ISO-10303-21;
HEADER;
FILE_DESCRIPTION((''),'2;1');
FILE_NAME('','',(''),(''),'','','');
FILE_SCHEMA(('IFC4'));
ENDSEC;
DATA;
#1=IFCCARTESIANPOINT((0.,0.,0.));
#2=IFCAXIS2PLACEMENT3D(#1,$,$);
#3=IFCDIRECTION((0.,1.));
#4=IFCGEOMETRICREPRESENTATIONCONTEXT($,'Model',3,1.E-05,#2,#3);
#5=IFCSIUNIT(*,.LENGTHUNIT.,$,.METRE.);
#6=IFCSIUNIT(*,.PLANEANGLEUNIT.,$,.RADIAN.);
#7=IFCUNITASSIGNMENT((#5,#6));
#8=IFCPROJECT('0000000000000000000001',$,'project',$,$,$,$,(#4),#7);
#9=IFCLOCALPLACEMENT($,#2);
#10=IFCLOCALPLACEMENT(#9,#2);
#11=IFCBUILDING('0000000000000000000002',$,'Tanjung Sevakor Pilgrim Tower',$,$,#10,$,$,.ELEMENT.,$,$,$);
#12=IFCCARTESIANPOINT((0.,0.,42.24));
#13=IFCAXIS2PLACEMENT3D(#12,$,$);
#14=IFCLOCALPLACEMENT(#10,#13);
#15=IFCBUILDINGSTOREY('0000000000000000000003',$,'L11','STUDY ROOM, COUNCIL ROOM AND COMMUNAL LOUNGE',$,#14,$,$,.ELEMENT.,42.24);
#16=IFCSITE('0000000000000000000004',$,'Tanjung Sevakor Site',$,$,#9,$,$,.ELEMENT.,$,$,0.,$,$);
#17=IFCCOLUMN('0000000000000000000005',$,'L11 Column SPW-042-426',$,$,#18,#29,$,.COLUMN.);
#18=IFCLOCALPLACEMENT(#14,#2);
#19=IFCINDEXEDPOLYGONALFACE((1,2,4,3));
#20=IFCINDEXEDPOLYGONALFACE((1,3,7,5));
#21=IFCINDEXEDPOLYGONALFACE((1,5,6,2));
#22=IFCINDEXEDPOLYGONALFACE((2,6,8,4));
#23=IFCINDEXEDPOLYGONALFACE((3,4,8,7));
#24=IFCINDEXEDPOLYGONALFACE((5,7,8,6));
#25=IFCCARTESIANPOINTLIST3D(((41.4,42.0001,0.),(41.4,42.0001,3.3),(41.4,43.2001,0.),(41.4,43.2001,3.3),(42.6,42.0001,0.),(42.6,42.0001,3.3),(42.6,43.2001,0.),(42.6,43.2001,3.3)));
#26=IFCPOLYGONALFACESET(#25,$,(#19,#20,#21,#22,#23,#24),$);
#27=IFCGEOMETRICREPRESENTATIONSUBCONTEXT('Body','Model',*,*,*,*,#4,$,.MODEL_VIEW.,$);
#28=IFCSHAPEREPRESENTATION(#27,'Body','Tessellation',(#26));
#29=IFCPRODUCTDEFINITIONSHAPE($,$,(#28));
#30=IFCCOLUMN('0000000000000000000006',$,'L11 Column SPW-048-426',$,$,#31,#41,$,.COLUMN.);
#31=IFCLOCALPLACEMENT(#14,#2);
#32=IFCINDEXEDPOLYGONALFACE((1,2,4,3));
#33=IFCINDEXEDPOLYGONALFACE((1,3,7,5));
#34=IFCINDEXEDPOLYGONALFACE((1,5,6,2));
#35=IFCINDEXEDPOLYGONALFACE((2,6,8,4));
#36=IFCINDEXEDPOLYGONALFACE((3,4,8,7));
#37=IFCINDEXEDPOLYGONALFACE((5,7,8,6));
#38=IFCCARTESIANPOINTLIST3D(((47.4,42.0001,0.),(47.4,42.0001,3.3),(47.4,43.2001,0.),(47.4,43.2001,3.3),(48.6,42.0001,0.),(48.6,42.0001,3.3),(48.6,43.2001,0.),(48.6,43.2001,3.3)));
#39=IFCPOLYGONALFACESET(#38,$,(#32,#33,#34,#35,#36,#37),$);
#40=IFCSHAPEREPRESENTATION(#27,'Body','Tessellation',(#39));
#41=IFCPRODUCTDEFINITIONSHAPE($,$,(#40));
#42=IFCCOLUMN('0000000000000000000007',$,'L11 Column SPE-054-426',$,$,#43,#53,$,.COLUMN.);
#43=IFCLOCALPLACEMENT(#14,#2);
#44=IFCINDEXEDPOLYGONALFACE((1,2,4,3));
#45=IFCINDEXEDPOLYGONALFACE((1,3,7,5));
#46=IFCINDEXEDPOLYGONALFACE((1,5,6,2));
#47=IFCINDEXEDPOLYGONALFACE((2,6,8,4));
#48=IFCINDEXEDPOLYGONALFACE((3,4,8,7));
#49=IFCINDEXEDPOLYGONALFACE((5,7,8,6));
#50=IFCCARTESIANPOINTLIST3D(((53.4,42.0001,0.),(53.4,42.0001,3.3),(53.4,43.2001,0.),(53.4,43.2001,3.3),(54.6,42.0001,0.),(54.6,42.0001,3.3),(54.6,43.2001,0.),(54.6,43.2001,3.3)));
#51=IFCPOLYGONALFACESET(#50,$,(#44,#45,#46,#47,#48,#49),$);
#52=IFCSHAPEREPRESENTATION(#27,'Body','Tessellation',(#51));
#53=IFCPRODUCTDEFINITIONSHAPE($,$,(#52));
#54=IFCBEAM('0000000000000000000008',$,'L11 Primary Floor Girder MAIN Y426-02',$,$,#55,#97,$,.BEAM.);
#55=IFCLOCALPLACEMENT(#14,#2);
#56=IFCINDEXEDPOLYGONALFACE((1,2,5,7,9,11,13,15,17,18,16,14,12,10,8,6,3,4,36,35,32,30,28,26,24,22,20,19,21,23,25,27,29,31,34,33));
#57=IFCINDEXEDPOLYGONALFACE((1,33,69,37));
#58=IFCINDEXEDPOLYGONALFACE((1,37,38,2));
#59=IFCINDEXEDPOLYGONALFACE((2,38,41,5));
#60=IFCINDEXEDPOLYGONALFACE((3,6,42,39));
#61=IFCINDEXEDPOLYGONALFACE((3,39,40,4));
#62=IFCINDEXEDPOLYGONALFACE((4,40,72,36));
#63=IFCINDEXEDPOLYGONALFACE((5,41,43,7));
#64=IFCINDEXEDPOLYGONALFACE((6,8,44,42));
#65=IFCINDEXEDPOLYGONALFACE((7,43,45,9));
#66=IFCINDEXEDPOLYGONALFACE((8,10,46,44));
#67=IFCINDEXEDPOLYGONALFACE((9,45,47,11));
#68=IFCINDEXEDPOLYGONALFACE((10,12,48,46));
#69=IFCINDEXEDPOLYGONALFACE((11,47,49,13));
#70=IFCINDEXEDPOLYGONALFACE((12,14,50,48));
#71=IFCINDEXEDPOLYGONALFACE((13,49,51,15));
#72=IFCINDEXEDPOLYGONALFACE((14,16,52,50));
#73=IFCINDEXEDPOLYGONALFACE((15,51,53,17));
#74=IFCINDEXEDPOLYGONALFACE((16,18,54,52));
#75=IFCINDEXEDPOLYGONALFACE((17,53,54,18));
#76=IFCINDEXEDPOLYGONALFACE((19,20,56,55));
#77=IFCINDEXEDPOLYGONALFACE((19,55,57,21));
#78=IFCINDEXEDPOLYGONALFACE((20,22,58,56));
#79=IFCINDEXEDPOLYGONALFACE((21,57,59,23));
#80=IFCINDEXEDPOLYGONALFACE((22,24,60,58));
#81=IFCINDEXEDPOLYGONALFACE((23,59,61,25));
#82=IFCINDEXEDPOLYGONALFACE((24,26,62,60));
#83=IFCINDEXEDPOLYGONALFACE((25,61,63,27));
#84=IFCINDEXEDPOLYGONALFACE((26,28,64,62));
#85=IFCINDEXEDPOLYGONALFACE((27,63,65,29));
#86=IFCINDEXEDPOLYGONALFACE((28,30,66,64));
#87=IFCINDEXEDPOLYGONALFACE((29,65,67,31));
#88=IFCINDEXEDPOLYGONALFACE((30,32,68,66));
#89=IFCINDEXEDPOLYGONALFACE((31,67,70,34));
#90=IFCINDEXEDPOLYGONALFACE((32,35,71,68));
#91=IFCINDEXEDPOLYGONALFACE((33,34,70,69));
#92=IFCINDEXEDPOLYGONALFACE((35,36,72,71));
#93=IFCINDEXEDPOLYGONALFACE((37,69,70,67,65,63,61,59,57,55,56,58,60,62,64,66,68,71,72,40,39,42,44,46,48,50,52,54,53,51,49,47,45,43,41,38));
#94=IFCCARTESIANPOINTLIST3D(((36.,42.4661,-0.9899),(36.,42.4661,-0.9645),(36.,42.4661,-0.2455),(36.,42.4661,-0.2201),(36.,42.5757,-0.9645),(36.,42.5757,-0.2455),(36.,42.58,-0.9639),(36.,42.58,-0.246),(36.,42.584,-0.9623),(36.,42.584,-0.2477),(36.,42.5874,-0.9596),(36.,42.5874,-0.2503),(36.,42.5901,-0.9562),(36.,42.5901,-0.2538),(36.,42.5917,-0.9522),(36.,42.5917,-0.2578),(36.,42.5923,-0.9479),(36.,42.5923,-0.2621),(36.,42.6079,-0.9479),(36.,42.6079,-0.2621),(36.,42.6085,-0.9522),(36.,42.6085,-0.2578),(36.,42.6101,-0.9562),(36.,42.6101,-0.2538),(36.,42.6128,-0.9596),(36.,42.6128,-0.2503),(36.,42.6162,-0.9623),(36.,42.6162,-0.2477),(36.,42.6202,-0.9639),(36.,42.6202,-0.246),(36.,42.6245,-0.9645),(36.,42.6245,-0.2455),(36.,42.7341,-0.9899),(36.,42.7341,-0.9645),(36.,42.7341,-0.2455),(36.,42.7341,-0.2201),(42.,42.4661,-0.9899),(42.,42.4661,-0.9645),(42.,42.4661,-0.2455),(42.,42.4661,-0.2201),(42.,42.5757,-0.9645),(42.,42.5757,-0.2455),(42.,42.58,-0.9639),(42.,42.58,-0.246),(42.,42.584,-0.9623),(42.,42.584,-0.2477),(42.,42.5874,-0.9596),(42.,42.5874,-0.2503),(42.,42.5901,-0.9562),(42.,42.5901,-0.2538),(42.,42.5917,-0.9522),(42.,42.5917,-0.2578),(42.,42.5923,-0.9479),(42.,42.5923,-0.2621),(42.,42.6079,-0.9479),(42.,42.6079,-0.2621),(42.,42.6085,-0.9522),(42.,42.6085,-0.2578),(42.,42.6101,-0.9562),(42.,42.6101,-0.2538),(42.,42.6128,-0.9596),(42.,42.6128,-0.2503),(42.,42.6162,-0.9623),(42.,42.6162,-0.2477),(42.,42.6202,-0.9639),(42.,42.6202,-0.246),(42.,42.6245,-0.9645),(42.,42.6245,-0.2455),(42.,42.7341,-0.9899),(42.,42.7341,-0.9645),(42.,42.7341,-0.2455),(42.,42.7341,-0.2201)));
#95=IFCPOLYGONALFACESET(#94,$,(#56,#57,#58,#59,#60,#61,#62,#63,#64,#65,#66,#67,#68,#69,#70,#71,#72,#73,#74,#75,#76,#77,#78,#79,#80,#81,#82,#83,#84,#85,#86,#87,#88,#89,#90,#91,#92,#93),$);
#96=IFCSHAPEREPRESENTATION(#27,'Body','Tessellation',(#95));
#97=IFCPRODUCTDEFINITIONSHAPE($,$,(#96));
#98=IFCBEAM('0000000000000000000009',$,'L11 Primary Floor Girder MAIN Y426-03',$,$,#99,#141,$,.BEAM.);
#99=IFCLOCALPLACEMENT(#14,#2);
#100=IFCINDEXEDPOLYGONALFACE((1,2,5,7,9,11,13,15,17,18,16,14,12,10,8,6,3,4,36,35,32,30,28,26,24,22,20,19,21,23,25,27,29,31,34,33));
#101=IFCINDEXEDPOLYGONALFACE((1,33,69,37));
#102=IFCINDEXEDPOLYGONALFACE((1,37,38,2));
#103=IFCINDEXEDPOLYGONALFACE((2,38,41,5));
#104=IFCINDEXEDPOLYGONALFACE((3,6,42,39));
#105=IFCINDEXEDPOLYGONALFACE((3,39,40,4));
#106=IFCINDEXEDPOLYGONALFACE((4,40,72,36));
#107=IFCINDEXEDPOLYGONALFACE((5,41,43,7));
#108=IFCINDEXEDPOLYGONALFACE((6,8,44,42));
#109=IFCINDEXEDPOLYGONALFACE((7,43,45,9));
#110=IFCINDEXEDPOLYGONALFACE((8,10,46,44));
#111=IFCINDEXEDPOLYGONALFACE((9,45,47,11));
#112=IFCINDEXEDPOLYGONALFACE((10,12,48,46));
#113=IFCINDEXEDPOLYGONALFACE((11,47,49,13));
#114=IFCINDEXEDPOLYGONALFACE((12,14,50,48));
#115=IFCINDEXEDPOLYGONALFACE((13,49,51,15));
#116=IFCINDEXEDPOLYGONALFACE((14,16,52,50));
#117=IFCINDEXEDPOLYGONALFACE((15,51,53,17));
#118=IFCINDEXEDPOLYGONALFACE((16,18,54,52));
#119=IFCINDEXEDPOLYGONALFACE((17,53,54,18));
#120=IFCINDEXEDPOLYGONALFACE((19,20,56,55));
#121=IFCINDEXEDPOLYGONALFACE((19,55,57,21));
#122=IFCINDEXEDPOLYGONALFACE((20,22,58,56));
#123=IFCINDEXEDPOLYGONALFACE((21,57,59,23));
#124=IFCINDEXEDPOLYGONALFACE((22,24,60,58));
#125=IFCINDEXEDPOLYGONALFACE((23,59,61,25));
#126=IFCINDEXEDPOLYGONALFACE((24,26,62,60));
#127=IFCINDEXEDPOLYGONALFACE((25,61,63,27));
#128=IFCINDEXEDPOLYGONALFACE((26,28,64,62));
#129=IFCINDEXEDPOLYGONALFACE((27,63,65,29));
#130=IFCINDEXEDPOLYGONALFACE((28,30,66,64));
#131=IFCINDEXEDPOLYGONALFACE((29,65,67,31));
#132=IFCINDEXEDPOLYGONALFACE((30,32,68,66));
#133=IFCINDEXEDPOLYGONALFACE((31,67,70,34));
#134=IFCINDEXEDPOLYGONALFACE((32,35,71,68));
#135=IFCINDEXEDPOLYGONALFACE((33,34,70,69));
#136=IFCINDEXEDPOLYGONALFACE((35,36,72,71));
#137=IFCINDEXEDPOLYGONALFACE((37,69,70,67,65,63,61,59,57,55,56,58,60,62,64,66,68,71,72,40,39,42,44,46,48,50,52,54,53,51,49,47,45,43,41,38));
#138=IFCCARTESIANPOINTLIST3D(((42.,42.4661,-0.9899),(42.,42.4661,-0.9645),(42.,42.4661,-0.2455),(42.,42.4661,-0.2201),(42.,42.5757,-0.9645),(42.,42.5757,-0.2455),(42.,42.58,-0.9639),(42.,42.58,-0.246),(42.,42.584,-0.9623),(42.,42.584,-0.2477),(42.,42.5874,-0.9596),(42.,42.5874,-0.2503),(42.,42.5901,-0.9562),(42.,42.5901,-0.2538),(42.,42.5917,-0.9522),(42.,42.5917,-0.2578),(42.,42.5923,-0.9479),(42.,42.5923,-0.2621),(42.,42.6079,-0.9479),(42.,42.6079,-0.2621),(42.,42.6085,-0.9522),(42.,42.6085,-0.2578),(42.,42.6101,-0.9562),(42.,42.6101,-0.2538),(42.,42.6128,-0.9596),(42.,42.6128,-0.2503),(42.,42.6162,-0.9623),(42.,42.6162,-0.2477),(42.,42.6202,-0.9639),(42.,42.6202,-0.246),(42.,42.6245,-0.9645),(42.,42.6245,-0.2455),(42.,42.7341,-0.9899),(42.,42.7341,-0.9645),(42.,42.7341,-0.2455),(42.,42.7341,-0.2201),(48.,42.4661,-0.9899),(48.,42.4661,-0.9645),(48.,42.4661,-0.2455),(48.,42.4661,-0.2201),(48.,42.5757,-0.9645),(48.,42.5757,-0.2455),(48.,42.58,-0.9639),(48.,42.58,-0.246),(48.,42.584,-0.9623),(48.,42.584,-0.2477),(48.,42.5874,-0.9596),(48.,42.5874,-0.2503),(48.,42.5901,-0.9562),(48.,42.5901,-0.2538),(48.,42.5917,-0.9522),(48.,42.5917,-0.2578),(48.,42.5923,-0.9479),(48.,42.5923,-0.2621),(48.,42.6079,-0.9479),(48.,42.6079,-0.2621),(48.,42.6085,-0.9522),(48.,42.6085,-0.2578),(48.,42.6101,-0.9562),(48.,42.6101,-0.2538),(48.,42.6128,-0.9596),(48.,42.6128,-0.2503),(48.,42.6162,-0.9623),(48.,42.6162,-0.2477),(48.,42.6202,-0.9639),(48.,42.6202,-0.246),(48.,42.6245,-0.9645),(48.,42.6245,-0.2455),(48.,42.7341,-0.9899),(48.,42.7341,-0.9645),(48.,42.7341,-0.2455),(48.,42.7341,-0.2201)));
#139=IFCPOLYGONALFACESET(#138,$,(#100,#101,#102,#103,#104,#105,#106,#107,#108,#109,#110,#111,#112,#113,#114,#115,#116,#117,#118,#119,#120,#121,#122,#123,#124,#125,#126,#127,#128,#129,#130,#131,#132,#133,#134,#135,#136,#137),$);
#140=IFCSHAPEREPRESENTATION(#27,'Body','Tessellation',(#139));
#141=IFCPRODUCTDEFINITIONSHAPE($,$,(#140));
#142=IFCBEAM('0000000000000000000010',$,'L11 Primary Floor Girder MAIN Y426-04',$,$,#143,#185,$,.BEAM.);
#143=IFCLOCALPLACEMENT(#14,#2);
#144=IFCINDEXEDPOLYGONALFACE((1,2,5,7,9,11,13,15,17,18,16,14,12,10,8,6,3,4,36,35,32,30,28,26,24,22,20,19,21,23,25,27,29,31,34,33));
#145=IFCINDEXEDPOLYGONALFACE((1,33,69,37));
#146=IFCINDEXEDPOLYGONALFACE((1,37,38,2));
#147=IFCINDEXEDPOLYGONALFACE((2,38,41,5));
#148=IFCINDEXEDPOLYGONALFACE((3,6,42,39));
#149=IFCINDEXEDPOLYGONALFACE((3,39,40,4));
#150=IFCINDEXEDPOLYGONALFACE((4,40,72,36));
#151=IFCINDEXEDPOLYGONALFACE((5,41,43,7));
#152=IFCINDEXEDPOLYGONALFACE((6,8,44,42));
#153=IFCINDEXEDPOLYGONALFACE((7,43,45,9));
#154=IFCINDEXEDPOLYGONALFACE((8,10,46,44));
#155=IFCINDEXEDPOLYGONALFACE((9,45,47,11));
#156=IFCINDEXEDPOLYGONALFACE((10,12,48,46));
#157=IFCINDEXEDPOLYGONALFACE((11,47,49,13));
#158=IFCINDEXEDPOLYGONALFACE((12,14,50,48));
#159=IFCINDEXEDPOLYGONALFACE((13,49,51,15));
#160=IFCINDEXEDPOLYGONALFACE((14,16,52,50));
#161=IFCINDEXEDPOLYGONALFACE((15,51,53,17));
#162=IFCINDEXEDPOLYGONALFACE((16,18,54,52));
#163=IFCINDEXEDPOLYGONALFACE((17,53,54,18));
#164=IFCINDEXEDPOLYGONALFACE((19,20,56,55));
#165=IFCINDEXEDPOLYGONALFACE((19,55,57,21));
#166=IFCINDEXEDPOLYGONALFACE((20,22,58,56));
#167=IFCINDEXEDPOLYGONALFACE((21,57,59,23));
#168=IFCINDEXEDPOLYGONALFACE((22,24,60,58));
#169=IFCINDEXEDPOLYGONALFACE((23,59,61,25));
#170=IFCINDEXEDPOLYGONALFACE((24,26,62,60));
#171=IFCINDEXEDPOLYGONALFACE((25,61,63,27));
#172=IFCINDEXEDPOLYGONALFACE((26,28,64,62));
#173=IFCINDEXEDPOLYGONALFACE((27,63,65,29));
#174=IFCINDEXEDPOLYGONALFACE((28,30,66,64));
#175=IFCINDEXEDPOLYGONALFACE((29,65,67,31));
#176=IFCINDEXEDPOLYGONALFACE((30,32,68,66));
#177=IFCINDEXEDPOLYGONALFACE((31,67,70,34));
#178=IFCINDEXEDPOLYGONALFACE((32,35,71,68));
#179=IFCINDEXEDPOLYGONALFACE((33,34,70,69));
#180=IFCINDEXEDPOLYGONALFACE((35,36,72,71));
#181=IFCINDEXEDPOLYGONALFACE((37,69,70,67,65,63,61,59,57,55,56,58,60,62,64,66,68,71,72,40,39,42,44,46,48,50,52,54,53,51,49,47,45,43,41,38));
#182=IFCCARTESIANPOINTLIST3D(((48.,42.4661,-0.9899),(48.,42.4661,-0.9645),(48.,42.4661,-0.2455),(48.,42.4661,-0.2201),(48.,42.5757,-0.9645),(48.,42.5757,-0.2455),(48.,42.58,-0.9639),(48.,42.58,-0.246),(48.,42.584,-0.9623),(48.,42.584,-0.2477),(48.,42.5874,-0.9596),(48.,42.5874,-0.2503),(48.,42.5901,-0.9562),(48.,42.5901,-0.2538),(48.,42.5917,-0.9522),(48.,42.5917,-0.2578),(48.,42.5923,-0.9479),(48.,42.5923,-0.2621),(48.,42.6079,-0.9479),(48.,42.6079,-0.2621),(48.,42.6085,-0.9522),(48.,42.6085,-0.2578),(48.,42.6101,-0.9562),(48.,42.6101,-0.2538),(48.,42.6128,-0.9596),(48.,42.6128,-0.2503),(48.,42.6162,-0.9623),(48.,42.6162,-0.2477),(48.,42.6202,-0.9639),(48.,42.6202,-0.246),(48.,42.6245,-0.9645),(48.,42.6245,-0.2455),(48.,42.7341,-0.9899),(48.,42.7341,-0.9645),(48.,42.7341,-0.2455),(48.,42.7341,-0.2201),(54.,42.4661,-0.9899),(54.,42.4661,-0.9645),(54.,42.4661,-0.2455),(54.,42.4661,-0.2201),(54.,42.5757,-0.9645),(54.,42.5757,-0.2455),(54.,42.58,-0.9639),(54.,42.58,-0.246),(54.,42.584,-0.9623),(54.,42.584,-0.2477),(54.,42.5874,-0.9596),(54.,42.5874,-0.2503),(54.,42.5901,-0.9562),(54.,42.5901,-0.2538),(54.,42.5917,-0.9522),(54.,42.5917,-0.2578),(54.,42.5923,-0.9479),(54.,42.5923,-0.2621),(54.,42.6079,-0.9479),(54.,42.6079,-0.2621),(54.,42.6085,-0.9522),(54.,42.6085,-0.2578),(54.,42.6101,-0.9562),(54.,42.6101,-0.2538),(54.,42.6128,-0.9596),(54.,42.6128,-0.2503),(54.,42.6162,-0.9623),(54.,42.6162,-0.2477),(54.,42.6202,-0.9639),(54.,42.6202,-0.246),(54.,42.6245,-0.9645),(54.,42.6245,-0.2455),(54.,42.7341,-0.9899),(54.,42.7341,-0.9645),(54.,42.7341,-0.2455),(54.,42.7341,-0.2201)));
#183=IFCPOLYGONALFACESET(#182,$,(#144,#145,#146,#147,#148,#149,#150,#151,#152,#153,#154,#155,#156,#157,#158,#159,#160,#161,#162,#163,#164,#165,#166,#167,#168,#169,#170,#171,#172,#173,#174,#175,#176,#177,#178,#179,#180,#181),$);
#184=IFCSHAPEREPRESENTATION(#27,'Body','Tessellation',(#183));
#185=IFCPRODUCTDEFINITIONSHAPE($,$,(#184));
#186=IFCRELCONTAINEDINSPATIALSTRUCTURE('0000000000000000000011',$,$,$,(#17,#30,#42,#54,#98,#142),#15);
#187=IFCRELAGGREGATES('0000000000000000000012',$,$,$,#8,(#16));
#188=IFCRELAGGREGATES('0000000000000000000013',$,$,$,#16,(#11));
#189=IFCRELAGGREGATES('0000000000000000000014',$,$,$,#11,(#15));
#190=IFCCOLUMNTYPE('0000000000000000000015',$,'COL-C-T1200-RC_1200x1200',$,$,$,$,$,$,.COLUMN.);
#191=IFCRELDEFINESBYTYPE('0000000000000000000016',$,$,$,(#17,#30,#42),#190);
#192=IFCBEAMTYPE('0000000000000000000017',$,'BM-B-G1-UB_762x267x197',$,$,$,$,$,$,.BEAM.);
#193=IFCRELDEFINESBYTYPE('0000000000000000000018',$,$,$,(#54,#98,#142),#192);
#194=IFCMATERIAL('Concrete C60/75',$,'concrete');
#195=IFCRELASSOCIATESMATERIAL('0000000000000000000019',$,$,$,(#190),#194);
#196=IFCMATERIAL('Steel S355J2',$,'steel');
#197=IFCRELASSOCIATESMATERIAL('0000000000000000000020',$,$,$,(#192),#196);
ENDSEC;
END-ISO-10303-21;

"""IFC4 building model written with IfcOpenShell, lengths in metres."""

from ifc_helpers import new_model, si_unit, direction, frame, origin, origin_2d, place, context, subcontext, project, spatial, rectangle, i_section, extrude, material, material_profile, profile_set, type_object, element, save


model = new_model("IFC4")

# Units and contexts
model_context = context("Model", 3, precision=1e-05, world=origin(), true_north=direction((0.0, 1.0)))
body_context = subcontext(model_context, "Body", "Model", "MODEL_VIEW")
ifc_project = project(units=[si_unit("LENGTHUNIT", "METRE"), si_unit("PLANEANGLEUNIT", "RADIAN")], contexts=[model_context])

# Site, building, storey
site_placement = place(None, origin())
site = spatial("IfcSite", under=ifc_project, at=site_placement, Name="Tanjung Sevakor Site", CompositionType="ELEMENT", RefElevation=0.0)
building_placement = place(site_placement, origin())
building = spatial("IfcBuilding", under=site, at=building_placement, Name="Tanjung Sevakor Pilgrim Tower", CompositionType="ELEMENT")
storey_placement = place(building_placement, frame((0.0, 0.0, 42.24)))
storey = spatial("IfcBuildingStorey", under=building, at=storey_placement, Name="L11", Description="STUDY ROOM, COUNCIL ROOM AND COMMUNAL LOUNGE", CompositionType="ELEMENT", Elevation=42.24)

# Columns
ifc_material_1 = material(Name="Concrete C60/75", Category="concrete")
ifc_material_profile_1 = material_profile(ifc_material_1, rectangle(XDim=1.2, YDim=1.2, at=origin_2d()))
ifc_profile_set_1 = profile_set([ifc_material_profile_1], Name="Concrete C60/75")
column_type = type_object("IfcColumnType", Name="COL-C-T1200-RC_1200x1200", PredefinedType="COLUMN", material=ifc_profile_set_1)
for number, where, z_axis, x_axis, name in (
    (1, (42.0, 42.6001, 0.0), (0.0, 0.0, 1.0), (1.0, 0.0, 0.0), "L11 Column SPW-042-426"),
    (2, (48.0, 42.6001, 0.0), (0.0, 0.0, 1.0), (1.0, 0.0, 0.0), "L11 Column SPW-048-426"),
    (3, (54.0, 42.6001, 0.0), (0.0, 0.0, 1.0), (1.0, 0.0, 0.0), "L11 Column SPE-054-426"),
):
    element("IfcColumn", number, at=place(storey_placement, frame(where, z_axis=z_axis, x_axis=x_axis)), inside=storey, type_object=column_type, Name=name, PredefinedType="COLUMN", context=body_context, shape_type="SweptSolid", body=[
        extrude(rectangle(XDim=1.2, YDim=1.2, at=origin_2d()), origin(), (0.0, 0.0, 1.0), 3.3),
    ])

# Beams
ifc_material_2 = material(Name="Steel S355J2", Category="steel")
ifc_material_profile_2 = material_profile(ifc_material_2, i_section(OverallWidth=0.2681, OverallDepth=0.7698, WebThickness=0.0156, FlangeThickness=0.0254, FilletRadius=0.0166, at=origin_2d()))
ifc_profile_set_2 = profile_set([ifc_material_profile_2], Name="Steel S355J2")
beam_type_1 = type_object("IfcBeamType", Name="BM-B-G1-UB_762x267x197", PredefinedType="BEAM", material=ifc_profile_set_2)
for number, where, z_axis, x_axis, name in (
    (4, (36.0, 42.6001, -0.605), (1.0, 0.0, 0.0), (0.0, 1.0, 0.0), "L11 Primary Floor Girder MAIN Y426-02"),
    (5, (42.0, 42.6001, -0.605), (1.0, 0.0, 0.0), (0.0, 1.0, 0.0), "L11 Primary Floor Girder MAIN Y426-03"),
    (6, (48.0, 42.6001, -0.605), (1.0, 0.0, 0.0), (0.0, 1.0, 0.0), "L11 Primary Floor Girder MAIN Y426-04"),
):
    element("IfcBeam", number, at=place(storey_placement, frame(where, z_axis=z_axis, x_axis=x_axis)), inside=storey, type_object=beam_type_1, Name=name, PredefinedType="BEAM", context=body_context, shape_type="SweptSolid", body=[
        extrude(i_section(OverallWidth=0.2681, OverallDepth=0.7698, WebThickness=0.0156, FlangeThickness=0.0254, FilletRadius=0.0166, at=origin_2d()), origin(), (0.0, 0.0, 1.0), 6.0),
    ])

save(model, "model.ifc")
